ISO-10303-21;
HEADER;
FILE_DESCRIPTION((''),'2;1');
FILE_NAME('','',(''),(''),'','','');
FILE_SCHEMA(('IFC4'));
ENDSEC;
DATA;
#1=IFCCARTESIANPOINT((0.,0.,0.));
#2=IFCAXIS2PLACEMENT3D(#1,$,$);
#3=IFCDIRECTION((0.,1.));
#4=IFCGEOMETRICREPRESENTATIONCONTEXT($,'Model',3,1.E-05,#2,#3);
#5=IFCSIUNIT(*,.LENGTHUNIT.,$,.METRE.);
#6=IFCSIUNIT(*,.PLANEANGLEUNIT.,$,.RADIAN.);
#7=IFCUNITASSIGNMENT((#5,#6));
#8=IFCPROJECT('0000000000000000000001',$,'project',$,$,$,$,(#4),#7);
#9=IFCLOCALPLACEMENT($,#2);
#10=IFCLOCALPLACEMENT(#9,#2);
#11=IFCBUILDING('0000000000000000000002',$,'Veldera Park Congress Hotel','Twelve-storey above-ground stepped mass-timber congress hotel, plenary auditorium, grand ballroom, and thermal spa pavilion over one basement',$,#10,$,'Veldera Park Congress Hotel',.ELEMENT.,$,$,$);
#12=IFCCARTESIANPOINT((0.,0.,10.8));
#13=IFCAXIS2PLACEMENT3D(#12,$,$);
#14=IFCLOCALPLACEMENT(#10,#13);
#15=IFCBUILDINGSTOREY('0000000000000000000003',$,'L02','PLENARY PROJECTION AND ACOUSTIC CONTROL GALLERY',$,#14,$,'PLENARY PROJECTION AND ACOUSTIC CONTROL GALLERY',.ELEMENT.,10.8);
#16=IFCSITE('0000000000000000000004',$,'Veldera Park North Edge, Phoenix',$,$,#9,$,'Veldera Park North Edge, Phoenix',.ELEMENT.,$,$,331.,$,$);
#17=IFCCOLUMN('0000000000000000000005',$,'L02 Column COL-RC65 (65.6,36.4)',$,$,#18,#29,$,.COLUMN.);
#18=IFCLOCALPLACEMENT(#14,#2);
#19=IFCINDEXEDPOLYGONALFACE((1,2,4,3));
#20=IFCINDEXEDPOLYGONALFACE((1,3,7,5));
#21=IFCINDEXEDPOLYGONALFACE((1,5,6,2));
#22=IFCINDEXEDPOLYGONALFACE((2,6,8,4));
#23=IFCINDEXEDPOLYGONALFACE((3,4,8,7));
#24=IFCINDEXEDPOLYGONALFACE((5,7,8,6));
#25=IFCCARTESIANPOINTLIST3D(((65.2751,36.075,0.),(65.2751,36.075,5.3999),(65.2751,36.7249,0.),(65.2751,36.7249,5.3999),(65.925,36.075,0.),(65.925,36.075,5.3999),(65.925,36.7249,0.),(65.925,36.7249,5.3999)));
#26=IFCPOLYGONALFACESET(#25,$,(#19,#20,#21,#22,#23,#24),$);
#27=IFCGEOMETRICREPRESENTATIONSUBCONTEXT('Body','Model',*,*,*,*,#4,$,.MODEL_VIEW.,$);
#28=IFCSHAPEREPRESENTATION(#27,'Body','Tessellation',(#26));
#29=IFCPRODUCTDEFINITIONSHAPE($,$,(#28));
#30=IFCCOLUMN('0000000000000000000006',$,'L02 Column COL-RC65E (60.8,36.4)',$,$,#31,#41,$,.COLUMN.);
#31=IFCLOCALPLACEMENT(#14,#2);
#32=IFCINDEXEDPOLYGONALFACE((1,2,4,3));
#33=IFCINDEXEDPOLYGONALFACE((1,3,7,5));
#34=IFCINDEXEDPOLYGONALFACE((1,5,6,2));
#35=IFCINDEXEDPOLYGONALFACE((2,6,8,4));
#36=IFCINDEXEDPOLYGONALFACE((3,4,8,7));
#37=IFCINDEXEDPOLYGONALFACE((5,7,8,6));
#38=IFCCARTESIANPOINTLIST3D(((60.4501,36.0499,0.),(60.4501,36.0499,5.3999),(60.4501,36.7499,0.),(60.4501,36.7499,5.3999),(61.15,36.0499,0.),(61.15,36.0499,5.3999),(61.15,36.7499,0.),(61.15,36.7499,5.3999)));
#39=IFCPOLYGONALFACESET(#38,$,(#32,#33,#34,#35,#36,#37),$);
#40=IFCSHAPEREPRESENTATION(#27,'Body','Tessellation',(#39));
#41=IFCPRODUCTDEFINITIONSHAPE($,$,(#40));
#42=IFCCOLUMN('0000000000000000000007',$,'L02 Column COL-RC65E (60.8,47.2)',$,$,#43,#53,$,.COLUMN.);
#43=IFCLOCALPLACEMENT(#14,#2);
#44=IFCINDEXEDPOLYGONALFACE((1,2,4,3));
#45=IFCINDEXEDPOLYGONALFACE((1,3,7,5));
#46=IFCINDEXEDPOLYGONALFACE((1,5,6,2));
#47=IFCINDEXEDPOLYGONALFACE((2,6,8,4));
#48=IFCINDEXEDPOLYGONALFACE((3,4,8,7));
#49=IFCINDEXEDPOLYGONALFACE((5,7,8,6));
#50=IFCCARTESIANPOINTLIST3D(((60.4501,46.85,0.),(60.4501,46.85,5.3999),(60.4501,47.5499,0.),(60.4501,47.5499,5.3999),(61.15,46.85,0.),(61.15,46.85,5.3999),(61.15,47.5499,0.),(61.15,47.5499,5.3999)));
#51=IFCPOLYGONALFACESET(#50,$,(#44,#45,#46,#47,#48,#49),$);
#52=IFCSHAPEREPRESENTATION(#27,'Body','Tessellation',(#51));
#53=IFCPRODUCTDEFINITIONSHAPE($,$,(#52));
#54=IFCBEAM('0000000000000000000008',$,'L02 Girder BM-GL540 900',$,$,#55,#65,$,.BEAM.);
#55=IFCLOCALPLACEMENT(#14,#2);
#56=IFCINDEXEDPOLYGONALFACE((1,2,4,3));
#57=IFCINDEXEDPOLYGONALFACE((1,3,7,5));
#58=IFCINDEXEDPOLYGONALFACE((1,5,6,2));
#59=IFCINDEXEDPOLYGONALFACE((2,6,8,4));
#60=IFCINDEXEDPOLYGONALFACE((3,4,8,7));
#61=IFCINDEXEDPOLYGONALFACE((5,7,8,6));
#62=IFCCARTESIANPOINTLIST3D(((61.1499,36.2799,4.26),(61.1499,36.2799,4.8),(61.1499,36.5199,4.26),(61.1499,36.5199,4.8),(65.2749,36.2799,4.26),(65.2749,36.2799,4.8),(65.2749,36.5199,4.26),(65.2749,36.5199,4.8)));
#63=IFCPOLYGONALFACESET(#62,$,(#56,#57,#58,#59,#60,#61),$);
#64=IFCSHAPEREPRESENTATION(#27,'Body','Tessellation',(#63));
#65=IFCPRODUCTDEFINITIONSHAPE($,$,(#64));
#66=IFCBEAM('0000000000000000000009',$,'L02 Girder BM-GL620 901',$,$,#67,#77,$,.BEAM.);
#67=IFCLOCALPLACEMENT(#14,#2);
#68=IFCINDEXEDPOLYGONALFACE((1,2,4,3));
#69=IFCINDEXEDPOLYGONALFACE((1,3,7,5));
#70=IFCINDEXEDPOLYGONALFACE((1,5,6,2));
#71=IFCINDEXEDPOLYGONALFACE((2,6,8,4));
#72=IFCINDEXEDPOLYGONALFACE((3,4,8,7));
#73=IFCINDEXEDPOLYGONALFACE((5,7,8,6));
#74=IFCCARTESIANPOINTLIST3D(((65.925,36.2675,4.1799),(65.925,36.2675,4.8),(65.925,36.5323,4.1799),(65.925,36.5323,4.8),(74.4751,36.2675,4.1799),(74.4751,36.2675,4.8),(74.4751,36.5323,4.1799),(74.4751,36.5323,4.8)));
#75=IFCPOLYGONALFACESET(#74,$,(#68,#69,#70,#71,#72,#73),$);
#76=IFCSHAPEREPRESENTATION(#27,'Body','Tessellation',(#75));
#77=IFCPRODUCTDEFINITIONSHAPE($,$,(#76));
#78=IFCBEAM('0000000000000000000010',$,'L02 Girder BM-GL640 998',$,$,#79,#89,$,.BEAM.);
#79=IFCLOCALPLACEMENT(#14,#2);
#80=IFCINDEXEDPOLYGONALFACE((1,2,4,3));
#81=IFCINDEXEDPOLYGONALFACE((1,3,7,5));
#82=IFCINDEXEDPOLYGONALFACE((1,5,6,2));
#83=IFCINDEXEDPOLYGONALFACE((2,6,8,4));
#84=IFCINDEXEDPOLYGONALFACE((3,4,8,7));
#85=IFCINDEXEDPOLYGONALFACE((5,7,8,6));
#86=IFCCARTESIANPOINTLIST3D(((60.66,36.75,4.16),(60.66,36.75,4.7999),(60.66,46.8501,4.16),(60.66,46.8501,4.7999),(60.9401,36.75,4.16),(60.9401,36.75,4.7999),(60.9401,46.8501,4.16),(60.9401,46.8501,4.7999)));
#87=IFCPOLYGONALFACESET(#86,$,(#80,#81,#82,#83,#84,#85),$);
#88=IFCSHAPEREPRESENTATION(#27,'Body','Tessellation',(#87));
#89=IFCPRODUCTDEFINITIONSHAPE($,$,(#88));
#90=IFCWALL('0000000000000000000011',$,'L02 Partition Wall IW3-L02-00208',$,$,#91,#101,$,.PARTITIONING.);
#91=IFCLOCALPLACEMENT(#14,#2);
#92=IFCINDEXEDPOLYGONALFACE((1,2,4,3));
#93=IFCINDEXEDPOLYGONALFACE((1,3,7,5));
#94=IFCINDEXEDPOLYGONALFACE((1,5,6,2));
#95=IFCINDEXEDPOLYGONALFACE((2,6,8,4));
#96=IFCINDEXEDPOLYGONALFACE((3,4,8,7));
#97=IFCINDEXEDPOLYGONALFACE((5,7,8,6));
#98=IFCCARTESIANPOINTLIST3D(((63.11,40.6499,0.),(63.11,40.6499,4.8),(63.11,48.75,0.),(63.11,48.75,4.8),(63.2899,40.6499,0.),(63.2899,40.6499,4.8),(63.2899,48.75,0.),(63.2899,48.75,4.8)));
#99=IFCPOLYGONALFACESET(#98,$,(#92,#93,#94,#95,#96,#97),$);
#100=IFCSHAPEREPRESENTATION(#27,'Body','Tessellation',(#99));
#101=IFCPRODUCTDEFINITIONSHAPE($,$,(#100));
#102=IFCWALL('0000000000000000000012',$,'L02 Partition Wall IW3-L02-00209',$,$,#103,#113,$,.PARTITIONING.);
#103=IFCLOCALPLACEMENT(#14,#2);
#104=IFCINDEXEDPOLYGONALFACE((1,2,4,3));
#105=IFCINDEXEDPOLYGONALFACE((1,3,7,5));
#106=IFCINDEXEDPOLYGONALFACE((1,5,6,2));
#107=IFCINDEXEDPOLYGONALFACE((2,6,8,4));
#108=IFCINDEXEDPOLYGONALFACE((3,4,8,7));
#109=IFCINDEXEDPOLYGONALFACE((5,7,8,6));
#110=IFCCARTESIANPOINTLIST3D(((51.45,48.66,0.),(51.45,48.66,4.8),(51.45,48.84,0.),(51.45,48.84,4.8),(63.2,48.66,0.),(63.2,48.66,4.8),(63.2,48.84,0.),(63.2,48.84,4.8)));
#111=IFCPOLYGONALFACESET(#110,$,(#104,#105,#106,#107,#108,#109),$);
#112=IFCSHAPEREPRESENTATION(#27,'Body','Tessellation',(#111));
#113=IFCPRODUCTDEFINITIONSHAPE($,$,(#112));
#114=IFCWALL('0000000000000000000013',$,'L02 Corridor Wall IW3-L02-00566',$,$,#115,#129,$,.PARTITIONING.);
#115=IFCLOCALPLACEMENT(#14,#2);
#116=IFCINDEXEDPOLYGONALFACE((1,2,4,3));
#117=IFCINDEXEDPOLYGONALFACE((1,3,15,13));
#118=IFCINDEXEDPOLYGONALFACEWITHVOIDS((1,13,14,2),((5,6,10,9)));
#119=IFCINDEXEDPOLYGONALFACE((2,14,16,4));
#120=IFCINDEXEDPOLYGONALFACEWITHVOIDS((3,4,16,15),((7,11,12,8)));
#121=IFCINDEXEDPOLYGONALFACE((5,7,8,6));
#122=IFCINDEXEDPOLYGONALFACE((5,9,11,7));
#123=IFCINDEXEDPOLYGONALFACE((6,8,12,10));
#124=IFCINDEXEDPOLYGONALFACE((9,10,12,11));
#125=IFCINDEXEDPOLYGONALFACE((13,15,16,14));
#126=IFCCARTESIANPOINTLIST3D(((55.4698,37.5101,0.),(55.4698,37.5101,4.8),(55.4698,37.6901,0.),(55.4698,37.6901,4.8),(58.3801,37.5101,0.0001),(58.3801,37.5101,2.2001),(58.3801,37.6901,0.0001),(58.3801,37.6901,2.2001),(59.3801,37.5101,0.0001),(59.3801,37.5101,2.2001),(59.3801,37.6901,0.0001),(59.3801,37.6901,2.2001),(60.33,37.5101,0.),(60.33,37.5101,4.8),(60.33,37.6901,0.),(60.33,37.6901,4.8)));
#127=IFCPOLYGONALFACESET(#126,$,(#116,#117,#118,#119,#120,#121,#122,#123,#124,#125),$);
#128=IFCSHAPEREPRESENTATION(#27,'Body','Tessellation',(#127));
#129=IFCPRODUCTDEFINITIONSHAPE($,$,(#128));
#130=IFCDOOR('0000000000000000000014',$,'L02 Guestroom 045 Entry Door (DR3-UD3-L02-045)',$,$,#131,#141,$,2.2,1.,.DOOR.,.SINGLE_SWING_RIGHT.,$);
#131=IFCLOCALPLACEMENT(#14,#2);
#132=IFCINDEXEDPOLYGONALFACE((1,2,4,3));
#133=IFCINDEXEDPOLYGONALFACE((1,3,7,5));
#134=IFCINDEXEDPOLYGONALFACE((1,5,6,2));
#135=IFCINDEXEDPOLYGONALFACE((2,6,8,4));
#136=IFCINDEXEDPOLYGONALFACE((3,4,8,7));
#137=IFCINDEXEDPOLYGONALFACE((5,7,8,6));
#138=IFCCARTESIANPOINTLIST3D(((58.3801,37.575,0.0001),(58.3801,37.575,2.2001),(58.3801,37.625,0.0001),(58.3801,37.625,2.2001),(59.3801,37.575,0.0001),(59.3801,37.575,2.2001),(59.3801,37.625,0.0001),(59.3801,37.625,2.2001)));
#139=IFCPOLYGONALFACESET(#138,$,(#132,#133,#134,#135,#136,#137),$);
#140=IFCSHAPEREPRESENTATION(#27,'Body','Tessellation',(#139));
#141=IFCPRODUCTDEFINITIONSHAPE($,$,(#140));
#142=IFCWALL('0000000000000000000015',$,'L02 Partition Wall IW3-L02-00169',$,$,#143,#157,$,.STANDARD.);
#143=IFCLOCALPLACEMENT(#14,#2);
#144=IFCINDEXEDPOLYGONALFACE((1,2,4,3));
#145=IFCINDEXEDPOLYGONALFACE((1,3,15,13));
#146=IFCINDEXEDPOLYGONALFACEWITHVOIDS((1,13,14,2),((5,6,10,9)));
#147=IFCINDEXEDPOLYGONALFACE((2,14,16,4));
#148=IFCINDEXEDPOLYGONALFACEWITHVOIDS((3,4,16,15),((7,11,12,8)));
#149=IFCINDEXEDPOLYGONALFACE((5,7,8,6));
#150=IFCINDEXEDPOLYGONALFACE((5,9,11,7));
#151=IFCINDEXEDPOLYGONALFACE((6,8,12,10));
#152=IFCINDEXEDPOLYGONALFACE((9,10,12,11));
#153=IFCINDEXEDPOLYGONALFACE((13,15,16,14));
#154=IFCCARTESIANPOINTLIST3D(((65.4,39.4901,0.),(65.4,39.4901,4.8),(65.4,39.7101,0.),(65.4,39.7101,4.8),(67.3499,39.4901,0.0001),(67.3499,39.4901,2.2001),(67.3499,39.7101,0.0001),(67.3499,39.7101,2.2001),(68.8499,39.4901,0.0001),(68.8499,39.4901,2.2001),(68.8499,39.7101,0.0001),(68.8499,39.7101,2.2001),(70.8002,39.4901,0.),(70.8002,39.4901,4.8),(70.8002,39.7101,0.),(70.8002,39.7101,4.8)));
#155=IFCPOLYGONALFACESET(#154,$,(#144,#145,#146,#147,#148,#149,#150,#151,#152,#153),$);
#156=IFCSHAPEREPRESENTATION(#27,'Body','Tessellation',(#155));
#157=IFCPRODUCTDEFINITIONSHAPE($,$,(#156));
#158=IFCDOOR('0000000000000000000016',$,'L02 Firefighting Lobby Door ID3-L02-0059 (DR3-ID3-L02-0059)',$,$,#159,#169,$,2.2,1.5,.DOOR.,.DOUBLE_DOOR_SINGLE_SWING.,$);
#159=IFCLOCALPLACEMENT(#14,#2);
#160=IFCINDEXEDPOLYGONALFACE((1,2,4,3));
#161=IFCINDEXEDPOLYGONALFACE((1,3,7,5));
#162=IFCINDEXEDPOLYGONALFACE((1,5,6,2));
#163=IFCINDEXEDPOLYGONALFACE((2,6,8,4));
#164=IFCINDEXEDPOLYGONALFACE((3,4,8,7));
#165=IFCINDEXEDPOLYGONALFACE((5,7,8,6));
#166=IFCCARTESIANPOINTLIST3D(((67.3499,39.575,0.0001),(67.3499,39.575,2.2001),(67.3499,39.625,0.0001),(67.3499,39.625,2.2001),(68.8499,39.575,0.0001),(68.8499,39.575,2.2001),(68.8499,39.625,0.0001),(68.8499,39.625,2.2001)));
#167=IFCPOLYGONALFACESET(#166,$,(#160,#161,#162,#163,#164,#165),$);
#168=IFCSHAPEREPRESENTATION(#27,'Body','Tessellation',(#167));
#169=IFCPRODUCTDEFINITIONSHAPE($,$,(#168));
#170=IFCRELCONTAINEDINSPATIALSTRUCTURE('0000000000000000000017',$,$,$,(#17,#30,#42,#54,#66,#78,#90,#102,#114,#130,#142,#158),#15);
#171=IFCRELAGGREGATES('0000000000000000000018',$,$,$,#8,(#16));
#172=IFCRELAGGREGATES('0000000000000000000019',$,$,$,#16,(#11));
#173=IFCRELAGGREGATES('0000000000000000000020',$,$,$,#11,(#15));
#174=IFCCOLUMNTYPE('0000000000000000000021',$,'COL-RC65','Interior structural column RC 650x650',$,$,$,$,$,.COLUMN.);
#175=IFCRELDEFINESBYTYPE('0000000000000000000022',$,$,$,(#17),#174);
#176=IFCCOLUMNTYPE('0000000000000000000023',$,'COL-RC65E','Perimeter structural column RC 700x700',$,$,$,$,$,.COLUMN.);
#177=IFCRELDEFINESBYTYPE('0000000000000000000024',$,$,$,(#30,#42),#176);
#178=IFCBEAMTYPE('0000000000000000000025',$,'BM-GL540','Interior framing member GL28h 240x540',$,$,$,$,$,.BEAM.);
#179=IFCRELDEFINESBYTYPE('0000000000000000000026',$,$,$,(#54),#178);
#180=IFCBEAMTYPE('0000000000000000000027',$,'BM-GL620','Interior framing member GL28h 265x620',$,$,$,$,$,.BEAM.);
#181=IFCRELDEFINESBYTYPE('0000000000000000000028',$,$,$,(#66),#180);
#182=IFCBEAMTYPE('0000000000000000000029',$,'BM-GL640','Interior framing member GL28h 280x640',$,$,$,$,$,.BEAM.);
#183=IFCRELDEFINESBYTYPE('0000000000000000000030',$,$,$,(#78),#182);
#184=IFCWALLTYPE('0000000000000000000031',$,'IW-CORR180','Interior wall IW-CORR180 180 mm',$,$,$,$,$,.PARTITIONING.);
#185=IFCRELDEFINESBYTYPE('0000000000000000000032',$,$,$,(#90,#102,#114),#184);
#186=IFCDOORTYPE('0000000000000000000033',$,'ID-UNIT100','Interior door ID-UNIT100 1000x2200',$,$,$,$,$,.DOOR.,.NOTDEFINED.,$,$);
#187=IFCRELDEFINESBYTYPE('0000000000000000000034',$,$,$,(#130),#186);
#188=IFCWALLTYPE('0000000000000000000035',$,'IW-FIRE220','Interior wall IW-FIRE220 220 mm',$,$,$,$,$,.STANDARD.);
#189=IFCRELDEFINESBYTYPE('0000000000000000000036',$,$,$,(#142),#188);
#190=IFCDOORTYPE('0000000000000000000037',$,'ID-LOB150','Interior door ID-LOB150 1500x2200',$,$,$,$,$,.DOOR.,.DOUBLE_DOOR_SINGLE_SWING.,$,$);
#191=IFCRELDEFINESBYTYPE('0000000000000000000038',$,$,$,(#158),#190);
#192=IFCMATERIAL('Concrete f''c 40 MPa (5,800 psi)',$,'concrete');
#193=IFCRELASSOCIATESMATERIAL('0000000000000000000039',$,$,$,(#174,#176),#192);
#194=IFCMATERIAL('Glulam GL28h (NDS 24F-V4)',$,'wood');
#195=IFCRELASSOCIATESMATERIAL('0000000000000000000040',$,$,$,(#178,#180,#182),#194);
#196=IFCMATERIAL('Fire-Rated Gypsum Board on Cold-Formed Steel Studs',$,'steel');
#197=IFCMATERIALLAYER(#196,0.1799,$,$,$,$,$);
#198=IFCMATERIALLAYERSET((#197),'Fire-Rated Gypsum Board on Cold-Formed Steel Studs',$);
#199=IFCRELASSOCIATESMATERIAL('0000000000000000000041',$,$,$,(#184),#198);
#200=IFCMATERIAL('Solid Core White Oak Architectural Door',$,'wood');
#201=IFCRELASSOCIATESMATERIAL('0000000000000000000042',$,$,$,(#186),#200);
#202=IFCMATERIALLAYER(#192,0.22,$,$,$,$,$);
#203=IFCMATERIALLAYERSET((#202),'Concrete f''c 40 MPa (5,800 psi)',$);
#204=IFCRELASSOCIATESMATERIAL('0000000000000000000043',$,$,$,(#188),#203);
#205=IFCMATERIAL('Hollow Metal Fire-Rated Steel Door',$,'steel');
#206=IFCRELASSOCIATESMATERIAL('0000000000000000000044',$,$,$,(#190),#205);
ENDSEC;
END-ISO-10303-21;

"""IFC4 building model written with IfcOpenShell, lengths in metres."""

from ifc_helpers import new_model, si_unit, direction, frame, frame_2d, origin, origin_2d, place, context, subcontext, project, spatial, rectangle, extrude, material, layer, layer_set, material_profile, profile_set, type_object, element, fill, save


model = new_model("IFC4")

# Units and contexts
model_context = context("Model", 3, precision=1e-05, world=origin(), true_north=direction((0.0, 1.0)))
body_context = subcontext(model_context, "Body", "Model", "MODEL_VIEW")
ifc_project = project(units=[si_unit("LENGTHUNIT", "METRE"), si_unit("PLANEANGLEUNIT", "RADIAN")], contexts=[model_context])

# Site, building, storey
site_placement = place(None, origin())
site = spatial("IfcSite", under=ifc_project, at=site_placement, Name="Veldera Park North Edge, Phoenix", LongName="Veldera Park North Edge, Phoenix", CompositionType="ELEMENT", RefElevation=331.0)
building_placement = place(site_placement, origin())
building = spatial("IfcBuilding", under=site, at=building_placement, Name="Veldera Park Congress Hotel", Description="Twelve-storey above-ground stepped mass-timber congress hotel, plenary auditorium, grand ballroom, and thermal spa pavilion over one basement", LongName="Veldera Park Congress Hotel", CompositionType="ELEMENT")
storey_placement = place(building_placement, frame((0.0, 0.0, 10.8)))
storey = spatial("IfcBuildingStorey", under=building, at=storey_placement, Name="L02", Description="PLENARY PROJECTION AND ACOUSTIC CONTROL GALLERY", LongName="PLENARY PROJECTION AND ACOUSTIC CONTROL GALLERY", CompositionType="ELEMENT", Elevation=10.8)

# Columns
ifc_material_1 = material(Name="Concrete f'c 40 MPa (5,800 psi)", Category="concrete")
ifc_material_profile_1 = material_profile(ifc_material_1, rectangle(XDim=0.6499, YDim=0.6499, at=origin_2d()), Name="RC 650x650")
ifc_profile_set_1 = profile_set([ifc_material_profile_1], Name="Concrete f'c 40 MPa (5,800 psi)")
column_type_1 = type_object("IfcColumnType", Name="COL-RC65", Description="Interior structural column RC 650x650", PredefinedType="COLUMN", material=ifc_profile_set_1)
column_placement = place(storey_placement, frame((65.6001, 36.3999, 0.0), z_axis=(0.0, 0.0, 1.0), x_axis=(1.0, 0.0, 0.0)))
element("IfcColumn", 1, at=column_placement, inside=storey, type_object=column_type_1, Name="L02 Column COL-RC65 (65.6,36.4)", PredefinedType="COLUMN", context=body_context, shape_type="SweptSolid", body=[
    extrude(rectangle(XDim=0.6499, YDim=0.6499, at=origin_2d()), origin(), (0.0, 0.0, 1.0), 5.3999),
])
ifc_material_profile_2 = material_profile(ifc_material_1, rectangle(XDim=0.7, YDim=0.7, at=origin_2d()), Name="RC 700x700")
ifc_profile_set_2 = profile_set([ifc_material_profile_2], Name="Concrete f'c 40 MPa (5,800 psi)")
column_type_2 = type_object("IfcColumnType", Name="COL-RC65E", Description="Perimeter structural column RC 700x700", PredefinedType="COLUMN", material=ifc_profile_set_2)
for number, where, z_axis, x_axis, name in (
    (2, (60.8, 36.3999, 0.0), (0.0, 0.0, 1.0), (1.0, 0.0, 0.0), "L02 Column COL-RC65E (60.8,36.4)"),
    (3, (60.8, 47.2, 0.0), (0.0, 0.0, 1.0), (1.0, 0.0, 0.0), "L02 Column COL-RC65E (60.8,47.2)"),
):
    element("IfcColumn", number, at=place(storey_placement, frame(where, z_axis=z_axis, x_axis=x_axis)), inside=storey, type_object=column_type_2, Name=name, PredefinedType="COLUMN", context=body_context, shape_type="SweptSolid", body=[
        extrude(rectangle(XDim=0.7, YDim=0.7, at=origin_2d()), origin(), (0.0, 0.0, 1.0), 5.3999),
    ])

# Beams
ifc_material_2 = material(Name="Glulam GL28h (NDS 24F-V4)", Category="wood")
ifc_material_profile_3 = material_profile(ifc_material_2, rectangle(XDim=0.24, YDim=0.54, at=origin_2d()), Name="GL28h 240x540")
ifc_profile_set_3 = profile_set([ifc_material_profile_3], Name="Glulam GL28h (NDS 24F-V4)")
beam_type_1 = type_object("IfcBeamType", Name="BM-GL540", Description="Interior framing member GL28h 240x540", PredefinedType="BEAM", material=ifc_profile_set_3)
beam_1_placement = place(storey_placement, frame((61.1499, 36.3999, 4.53), z_axis=(1.0, 0.0, 0.0), x_axis=(0.0, 1.0, 0.0)))
element("IfcBeam", 4, at=beam_1_placement, inside=storey, type_object=beam_type_1, Name="L02 Girder BM-GL540 900", PredefinedType="BEAM", context=body_context, shape_type="SweptSolid", body=[
    extrude(rectangle(XDim=0.24, YDim=0.54, at=origin_2d()), origin(), (0.0, 0.0, 1.0), 4.125),
])
ifc_material_profile_4 = material_profile(ifc_material_2, rectangle(XDim=0.2649, YDim=0.6201, at=origin_2d()), Name="GL28h 265x620")
ifc_profile_set_4 = profile_set([ifc_material_profile_4], Name="Glulam GL28h (NDS 24F-V4)")
beam_type_2 = type_object("IfcBeamType", Name="BM-GL620", Description="Interior framing member GL28h 265x620", PredefinedType="BEAM", material=ifc_profile_set_4)
beam_2_placement = place(storey_placement, frame((65.925, 36.3999, 4.49), z_axis=(1.0, 0.0, 0.0), x_axis=(0.0, 1.0, 0.0)))
element("IfcBeam", 5, at=beam_2_placement, inside=storey, type_object=beam_type_2, Name="L02 Girder BM-GL620 901", PredefinedType="BEAM", context=body_context, shape_type="SweptSolid", body=[
    extrude(rectangle(XDim=0.2649, YDim=0.6201, at=origin_2d()), origin(), (0.0, 0.0, 1.0), 8.55),
])
ifc_material_profile_5 = material_profile(ifc_material_2, rectangle(XDim=0.28, YDim=0.6399, at=origin_2d()), Name="GL28h 280x640")
ifc_profile_set_5 = profile_set([ifc_material_profile_5], Name="Glulam GL28h (NDS 24F-V4)")
beam_type_3 = type_object("IfcBeamType", Name="BM-GL640", Description="Interior framing member GL28h 280x640", PredefinedType="BEAM", material=ifc_profile_set_5)
beam_3_placement = place(storey_placement, frame((60.8, 36.75, 4.48), z_axis=(0.0, 1.0, 0.0), x_axis=(-1.0, 0.0, 0.0)))
element("IfcBeam", 6, at=beam_3_placement, inside=storey, type_object=beam_type_3, Name="L02 Girder BM-GL640 998", PredefinedType="BEAM", context=body_context, shape_type="SweptSolid", body=[
    extrude(rectangle(XDim=0.28, YDim=0.6399, at=origin_2d()), origin(), (0.0, 0.0, 1.0), 10.1001),
])

# Walls
ifc_material_3 = material(Name="Fire-Rated Gypsum Board on Cold-Formed Steel Studs", Category="steel")
ifc_layer_1 = layer(ifc_material_3, 0.1799)
ifc_layer_set_1 = layer_set([ifc_layer_1], Name="Fire-Rated Gypsum Board on Cold-Formed Steel Studs")
wall_type_1 = type_object("IfcWallType", Name="IW-CORR180", Description="Interior wall IW-CORR180 180 mm", PredefinedType="PARTITIONING", material=ifc_layer_set_1)
wall_1_placement = place(storey_placement, frame((63.2, 40.6499, 0.0), z_axis=(0.0, 0.0, 1.0), x_axis=(0.0, 1.0, 0.0)))
element("IfcWall", 7, at=wall_1_placement, inside=storey, type_object=wall_type_1, Name="L02 Partition Wall IW3-L02-00208", PredefinedType="PARTITIONING", context=body_context, shape_type="SweptSolid", body=[
    extrude(rectangle(XDim=8.1001, YDim=0.1799, at=frame_2d((4.05, 0.0))), origin(), (0.0, 0.0, 1.0), 4.8),
])
wall_2_placement = place(storey_placement, frame((63.2, 48.75, 0.0), z_axis=(0.0, 0.0, 1.0), x_axis=(-1.0, 0.0, 0.0)))
element("IfcWall", 8, at=wall_2_placement, inside=storey, type_object=wall_type_1, Name="L02 Partition Wall IW3-L02-00209", PredefinedType="PARTITIONING", context=body_context, shape_type="SweptSolid", body=[
    extrude(rectangle(XDim=11.75, YDim=0.1799, at=frame_2d((5.875, 0.0))), origin(), (0.0, 0.0, 1.0), 4.8),
])

# Walls, openings, doors
wall_3_placement = place(storey_placement, frame((60.3301, 37.6001, 0.0), z_axis=(0.0, 0.0, 1.0), x_axis=(-1.0, 0.0, 0.0)))
wall_3 = element("IfcWall", 9, at=wall_3_placement, inside=storey, type_object=wall_type_1, Name="L02 Corridor Wall IW3-L02-00566", PredefinedType="PARTITIONING", context=body_context, shape_type="SweptSolid", body=[
    extrude(rectangle(XDim=4.8601, YDim=0.1799, at=frame_2d((2.4302, 0.0))), origin(), (0.0, 0.0, 1.0), 4.8),
])
opening_1_placement = place(wall_3_placement, frame((0.95, 0.0, 0.0)))
opening_1 = element("IfcOpeningElement", 10, at=opening_1_placement, cuts=wall_3, PredefinedType="OPENING", context=body_context, shape_type="SweptSolid", body=[
    extrude(rectangle(XDim=1.0, YDim=2.2, at=frame_2d((0.5, 1.1001))), frame((0.0, 0.1021, 0.0), z_axis=(0.0, -1.0, 0.0), x_axis=(1.0, 0.0, 0.0)), (0.0, 0.0, 1.0), 0.2039),
])
ifc_material_4 = material(Name="Solid Core White Oak Architectural Door", Category="wood")
door_type_1 = type_object("IfcDoorType", Name="ID-UNIT100", Description="Interior door ID-UNIT100 1000x2200", OperationType="NOTDEFINED", PredefinedType="DOOR", material=ifc_material_4)
door_1_placement = place(opening_1_placement, frame((1.0, 0.0, 0.0), z_axis=(0.0, 0.0, 1.0), x_axis=(-1.0, 0.0, 0.0)))
door_1 = element("IfcDoor", 11, at=door_1_placement, inside=storey, type_object=door_type_1, Name="L02 Guestroom 045 Entry Door (DR3-UD3-L02-045)", OperationType="SINGLE_SWING_RIGHT", OverallHeight=2.2, OverallWidth=1.0, PredefinedType="DOOR", context=body_context, shape_type="SweptSolid", body=[
    extrude(rectangle(XDim=1.0, YDim=2.2, at=frame_2d((0.5, 1.1001))), frame((0.0, 0.0249, 0.0), z_axis=(0.0, -1.0, 0.0), x_axis=(1.0, 0.0, 0.0)), (0.0, 0.0, 1.0), 0.05),
])
fill(opening_1, door_1)
ifc_layer_2 = layer(ifc_material_1, 0.22)
ifc_layer_set_2 = layer_set([ifc_layer_2], Name="Concrete f'c 40 MPa (5,800 psi)")
wall_type_2 = type_object("IfcWallType", Name="IW-FIRE220", Description="Interior wall IW-FIRE220 220 mm", PredefinedType="STANDARD", material=ifc_layer_set_2)
wall_4_placement = place(storey_placement, frame((65.3999, 39.6001, 0.0), z_axis=(0.0, 0.0, 1.0), x_axis=(1.0, 0.0, 0.0)))
wall_4 = element("IfcWall", 12, at=wall_4_placement, inside=storey, type_object=wall_type_2, Name="L02 Partition Wall IW3-L02-00169", PredefinedType="STANDARD", context=body_context, shape_type="SweptSolid", body=[
    extrude(rectangle(XDim=5.4001, YDim=0.22, at=frame_2d((2.7002, 0.0))), origin(), (0.0, 0.0, 1.0), 4.8),
])
opening_2_placement = place(wall_4_placement, frame((1.95, 0.0, 0.0)))
opening_2 = element("IfcOpeningElement", 13, at=opening_2_placement, cuts=wall_4, PredefinedType="OPENING", context=body_context, shape_type="SweptSolid", body=[
    extrude(rectangle(XDim=1.5, YDim=2.2, at=frame_2d((0.75, 1.1001))), frame((0.0, 0.1221, 0.0), z_axis=(0.0, -1.0, 0.0), x_axis=(1.0, 0.0, 0.0)), (0.0, 0.0, 1.0), 0.2439),
])
ifc_material_5 = material(Name="Hollow Metal Fire-Rated Steel Door", Category="steel")
door_type_2 = type_object("IfcDoorType", Name="ID-LOB150", Description="Interior door ID-LOB150 1500x2200", OperationType="DOUBLE_DOOR_SINGLE_SWING", PredefinedType="DOOR", material=ifc_material_5)
door_2_placement = place(opening_2_placement, origin())
door_2 = element("IfcDoor", 14, at=door_2_placement, inside=storey, type_object=door_type_2, Name="L02 Firefighting Lobby Door ID3-L02-0059 (DR3-ID3-L02-0059)", OperationType="DOUBLE_DOOR_SINGLE_SWING", OverallHeight=2.2, OverallWidth=1.5, PredefinedType="DOOR", context=body_context, shape_type="SweptSolid", body=[
    extrude(rectangle(XDim=1.5, YDim=2.2, at=frame_2d((0.75, 1.1001))), frame((0.0, 0.0249, 0.0), z_axis=(0.0, -1.0, 0.0), x_axis=(1.0, 0.0, 0.0)), (0.0, 0.0, 1.0), 0.05),
])
fill(opening_2, door_2)

save(model, "model.ifc")
